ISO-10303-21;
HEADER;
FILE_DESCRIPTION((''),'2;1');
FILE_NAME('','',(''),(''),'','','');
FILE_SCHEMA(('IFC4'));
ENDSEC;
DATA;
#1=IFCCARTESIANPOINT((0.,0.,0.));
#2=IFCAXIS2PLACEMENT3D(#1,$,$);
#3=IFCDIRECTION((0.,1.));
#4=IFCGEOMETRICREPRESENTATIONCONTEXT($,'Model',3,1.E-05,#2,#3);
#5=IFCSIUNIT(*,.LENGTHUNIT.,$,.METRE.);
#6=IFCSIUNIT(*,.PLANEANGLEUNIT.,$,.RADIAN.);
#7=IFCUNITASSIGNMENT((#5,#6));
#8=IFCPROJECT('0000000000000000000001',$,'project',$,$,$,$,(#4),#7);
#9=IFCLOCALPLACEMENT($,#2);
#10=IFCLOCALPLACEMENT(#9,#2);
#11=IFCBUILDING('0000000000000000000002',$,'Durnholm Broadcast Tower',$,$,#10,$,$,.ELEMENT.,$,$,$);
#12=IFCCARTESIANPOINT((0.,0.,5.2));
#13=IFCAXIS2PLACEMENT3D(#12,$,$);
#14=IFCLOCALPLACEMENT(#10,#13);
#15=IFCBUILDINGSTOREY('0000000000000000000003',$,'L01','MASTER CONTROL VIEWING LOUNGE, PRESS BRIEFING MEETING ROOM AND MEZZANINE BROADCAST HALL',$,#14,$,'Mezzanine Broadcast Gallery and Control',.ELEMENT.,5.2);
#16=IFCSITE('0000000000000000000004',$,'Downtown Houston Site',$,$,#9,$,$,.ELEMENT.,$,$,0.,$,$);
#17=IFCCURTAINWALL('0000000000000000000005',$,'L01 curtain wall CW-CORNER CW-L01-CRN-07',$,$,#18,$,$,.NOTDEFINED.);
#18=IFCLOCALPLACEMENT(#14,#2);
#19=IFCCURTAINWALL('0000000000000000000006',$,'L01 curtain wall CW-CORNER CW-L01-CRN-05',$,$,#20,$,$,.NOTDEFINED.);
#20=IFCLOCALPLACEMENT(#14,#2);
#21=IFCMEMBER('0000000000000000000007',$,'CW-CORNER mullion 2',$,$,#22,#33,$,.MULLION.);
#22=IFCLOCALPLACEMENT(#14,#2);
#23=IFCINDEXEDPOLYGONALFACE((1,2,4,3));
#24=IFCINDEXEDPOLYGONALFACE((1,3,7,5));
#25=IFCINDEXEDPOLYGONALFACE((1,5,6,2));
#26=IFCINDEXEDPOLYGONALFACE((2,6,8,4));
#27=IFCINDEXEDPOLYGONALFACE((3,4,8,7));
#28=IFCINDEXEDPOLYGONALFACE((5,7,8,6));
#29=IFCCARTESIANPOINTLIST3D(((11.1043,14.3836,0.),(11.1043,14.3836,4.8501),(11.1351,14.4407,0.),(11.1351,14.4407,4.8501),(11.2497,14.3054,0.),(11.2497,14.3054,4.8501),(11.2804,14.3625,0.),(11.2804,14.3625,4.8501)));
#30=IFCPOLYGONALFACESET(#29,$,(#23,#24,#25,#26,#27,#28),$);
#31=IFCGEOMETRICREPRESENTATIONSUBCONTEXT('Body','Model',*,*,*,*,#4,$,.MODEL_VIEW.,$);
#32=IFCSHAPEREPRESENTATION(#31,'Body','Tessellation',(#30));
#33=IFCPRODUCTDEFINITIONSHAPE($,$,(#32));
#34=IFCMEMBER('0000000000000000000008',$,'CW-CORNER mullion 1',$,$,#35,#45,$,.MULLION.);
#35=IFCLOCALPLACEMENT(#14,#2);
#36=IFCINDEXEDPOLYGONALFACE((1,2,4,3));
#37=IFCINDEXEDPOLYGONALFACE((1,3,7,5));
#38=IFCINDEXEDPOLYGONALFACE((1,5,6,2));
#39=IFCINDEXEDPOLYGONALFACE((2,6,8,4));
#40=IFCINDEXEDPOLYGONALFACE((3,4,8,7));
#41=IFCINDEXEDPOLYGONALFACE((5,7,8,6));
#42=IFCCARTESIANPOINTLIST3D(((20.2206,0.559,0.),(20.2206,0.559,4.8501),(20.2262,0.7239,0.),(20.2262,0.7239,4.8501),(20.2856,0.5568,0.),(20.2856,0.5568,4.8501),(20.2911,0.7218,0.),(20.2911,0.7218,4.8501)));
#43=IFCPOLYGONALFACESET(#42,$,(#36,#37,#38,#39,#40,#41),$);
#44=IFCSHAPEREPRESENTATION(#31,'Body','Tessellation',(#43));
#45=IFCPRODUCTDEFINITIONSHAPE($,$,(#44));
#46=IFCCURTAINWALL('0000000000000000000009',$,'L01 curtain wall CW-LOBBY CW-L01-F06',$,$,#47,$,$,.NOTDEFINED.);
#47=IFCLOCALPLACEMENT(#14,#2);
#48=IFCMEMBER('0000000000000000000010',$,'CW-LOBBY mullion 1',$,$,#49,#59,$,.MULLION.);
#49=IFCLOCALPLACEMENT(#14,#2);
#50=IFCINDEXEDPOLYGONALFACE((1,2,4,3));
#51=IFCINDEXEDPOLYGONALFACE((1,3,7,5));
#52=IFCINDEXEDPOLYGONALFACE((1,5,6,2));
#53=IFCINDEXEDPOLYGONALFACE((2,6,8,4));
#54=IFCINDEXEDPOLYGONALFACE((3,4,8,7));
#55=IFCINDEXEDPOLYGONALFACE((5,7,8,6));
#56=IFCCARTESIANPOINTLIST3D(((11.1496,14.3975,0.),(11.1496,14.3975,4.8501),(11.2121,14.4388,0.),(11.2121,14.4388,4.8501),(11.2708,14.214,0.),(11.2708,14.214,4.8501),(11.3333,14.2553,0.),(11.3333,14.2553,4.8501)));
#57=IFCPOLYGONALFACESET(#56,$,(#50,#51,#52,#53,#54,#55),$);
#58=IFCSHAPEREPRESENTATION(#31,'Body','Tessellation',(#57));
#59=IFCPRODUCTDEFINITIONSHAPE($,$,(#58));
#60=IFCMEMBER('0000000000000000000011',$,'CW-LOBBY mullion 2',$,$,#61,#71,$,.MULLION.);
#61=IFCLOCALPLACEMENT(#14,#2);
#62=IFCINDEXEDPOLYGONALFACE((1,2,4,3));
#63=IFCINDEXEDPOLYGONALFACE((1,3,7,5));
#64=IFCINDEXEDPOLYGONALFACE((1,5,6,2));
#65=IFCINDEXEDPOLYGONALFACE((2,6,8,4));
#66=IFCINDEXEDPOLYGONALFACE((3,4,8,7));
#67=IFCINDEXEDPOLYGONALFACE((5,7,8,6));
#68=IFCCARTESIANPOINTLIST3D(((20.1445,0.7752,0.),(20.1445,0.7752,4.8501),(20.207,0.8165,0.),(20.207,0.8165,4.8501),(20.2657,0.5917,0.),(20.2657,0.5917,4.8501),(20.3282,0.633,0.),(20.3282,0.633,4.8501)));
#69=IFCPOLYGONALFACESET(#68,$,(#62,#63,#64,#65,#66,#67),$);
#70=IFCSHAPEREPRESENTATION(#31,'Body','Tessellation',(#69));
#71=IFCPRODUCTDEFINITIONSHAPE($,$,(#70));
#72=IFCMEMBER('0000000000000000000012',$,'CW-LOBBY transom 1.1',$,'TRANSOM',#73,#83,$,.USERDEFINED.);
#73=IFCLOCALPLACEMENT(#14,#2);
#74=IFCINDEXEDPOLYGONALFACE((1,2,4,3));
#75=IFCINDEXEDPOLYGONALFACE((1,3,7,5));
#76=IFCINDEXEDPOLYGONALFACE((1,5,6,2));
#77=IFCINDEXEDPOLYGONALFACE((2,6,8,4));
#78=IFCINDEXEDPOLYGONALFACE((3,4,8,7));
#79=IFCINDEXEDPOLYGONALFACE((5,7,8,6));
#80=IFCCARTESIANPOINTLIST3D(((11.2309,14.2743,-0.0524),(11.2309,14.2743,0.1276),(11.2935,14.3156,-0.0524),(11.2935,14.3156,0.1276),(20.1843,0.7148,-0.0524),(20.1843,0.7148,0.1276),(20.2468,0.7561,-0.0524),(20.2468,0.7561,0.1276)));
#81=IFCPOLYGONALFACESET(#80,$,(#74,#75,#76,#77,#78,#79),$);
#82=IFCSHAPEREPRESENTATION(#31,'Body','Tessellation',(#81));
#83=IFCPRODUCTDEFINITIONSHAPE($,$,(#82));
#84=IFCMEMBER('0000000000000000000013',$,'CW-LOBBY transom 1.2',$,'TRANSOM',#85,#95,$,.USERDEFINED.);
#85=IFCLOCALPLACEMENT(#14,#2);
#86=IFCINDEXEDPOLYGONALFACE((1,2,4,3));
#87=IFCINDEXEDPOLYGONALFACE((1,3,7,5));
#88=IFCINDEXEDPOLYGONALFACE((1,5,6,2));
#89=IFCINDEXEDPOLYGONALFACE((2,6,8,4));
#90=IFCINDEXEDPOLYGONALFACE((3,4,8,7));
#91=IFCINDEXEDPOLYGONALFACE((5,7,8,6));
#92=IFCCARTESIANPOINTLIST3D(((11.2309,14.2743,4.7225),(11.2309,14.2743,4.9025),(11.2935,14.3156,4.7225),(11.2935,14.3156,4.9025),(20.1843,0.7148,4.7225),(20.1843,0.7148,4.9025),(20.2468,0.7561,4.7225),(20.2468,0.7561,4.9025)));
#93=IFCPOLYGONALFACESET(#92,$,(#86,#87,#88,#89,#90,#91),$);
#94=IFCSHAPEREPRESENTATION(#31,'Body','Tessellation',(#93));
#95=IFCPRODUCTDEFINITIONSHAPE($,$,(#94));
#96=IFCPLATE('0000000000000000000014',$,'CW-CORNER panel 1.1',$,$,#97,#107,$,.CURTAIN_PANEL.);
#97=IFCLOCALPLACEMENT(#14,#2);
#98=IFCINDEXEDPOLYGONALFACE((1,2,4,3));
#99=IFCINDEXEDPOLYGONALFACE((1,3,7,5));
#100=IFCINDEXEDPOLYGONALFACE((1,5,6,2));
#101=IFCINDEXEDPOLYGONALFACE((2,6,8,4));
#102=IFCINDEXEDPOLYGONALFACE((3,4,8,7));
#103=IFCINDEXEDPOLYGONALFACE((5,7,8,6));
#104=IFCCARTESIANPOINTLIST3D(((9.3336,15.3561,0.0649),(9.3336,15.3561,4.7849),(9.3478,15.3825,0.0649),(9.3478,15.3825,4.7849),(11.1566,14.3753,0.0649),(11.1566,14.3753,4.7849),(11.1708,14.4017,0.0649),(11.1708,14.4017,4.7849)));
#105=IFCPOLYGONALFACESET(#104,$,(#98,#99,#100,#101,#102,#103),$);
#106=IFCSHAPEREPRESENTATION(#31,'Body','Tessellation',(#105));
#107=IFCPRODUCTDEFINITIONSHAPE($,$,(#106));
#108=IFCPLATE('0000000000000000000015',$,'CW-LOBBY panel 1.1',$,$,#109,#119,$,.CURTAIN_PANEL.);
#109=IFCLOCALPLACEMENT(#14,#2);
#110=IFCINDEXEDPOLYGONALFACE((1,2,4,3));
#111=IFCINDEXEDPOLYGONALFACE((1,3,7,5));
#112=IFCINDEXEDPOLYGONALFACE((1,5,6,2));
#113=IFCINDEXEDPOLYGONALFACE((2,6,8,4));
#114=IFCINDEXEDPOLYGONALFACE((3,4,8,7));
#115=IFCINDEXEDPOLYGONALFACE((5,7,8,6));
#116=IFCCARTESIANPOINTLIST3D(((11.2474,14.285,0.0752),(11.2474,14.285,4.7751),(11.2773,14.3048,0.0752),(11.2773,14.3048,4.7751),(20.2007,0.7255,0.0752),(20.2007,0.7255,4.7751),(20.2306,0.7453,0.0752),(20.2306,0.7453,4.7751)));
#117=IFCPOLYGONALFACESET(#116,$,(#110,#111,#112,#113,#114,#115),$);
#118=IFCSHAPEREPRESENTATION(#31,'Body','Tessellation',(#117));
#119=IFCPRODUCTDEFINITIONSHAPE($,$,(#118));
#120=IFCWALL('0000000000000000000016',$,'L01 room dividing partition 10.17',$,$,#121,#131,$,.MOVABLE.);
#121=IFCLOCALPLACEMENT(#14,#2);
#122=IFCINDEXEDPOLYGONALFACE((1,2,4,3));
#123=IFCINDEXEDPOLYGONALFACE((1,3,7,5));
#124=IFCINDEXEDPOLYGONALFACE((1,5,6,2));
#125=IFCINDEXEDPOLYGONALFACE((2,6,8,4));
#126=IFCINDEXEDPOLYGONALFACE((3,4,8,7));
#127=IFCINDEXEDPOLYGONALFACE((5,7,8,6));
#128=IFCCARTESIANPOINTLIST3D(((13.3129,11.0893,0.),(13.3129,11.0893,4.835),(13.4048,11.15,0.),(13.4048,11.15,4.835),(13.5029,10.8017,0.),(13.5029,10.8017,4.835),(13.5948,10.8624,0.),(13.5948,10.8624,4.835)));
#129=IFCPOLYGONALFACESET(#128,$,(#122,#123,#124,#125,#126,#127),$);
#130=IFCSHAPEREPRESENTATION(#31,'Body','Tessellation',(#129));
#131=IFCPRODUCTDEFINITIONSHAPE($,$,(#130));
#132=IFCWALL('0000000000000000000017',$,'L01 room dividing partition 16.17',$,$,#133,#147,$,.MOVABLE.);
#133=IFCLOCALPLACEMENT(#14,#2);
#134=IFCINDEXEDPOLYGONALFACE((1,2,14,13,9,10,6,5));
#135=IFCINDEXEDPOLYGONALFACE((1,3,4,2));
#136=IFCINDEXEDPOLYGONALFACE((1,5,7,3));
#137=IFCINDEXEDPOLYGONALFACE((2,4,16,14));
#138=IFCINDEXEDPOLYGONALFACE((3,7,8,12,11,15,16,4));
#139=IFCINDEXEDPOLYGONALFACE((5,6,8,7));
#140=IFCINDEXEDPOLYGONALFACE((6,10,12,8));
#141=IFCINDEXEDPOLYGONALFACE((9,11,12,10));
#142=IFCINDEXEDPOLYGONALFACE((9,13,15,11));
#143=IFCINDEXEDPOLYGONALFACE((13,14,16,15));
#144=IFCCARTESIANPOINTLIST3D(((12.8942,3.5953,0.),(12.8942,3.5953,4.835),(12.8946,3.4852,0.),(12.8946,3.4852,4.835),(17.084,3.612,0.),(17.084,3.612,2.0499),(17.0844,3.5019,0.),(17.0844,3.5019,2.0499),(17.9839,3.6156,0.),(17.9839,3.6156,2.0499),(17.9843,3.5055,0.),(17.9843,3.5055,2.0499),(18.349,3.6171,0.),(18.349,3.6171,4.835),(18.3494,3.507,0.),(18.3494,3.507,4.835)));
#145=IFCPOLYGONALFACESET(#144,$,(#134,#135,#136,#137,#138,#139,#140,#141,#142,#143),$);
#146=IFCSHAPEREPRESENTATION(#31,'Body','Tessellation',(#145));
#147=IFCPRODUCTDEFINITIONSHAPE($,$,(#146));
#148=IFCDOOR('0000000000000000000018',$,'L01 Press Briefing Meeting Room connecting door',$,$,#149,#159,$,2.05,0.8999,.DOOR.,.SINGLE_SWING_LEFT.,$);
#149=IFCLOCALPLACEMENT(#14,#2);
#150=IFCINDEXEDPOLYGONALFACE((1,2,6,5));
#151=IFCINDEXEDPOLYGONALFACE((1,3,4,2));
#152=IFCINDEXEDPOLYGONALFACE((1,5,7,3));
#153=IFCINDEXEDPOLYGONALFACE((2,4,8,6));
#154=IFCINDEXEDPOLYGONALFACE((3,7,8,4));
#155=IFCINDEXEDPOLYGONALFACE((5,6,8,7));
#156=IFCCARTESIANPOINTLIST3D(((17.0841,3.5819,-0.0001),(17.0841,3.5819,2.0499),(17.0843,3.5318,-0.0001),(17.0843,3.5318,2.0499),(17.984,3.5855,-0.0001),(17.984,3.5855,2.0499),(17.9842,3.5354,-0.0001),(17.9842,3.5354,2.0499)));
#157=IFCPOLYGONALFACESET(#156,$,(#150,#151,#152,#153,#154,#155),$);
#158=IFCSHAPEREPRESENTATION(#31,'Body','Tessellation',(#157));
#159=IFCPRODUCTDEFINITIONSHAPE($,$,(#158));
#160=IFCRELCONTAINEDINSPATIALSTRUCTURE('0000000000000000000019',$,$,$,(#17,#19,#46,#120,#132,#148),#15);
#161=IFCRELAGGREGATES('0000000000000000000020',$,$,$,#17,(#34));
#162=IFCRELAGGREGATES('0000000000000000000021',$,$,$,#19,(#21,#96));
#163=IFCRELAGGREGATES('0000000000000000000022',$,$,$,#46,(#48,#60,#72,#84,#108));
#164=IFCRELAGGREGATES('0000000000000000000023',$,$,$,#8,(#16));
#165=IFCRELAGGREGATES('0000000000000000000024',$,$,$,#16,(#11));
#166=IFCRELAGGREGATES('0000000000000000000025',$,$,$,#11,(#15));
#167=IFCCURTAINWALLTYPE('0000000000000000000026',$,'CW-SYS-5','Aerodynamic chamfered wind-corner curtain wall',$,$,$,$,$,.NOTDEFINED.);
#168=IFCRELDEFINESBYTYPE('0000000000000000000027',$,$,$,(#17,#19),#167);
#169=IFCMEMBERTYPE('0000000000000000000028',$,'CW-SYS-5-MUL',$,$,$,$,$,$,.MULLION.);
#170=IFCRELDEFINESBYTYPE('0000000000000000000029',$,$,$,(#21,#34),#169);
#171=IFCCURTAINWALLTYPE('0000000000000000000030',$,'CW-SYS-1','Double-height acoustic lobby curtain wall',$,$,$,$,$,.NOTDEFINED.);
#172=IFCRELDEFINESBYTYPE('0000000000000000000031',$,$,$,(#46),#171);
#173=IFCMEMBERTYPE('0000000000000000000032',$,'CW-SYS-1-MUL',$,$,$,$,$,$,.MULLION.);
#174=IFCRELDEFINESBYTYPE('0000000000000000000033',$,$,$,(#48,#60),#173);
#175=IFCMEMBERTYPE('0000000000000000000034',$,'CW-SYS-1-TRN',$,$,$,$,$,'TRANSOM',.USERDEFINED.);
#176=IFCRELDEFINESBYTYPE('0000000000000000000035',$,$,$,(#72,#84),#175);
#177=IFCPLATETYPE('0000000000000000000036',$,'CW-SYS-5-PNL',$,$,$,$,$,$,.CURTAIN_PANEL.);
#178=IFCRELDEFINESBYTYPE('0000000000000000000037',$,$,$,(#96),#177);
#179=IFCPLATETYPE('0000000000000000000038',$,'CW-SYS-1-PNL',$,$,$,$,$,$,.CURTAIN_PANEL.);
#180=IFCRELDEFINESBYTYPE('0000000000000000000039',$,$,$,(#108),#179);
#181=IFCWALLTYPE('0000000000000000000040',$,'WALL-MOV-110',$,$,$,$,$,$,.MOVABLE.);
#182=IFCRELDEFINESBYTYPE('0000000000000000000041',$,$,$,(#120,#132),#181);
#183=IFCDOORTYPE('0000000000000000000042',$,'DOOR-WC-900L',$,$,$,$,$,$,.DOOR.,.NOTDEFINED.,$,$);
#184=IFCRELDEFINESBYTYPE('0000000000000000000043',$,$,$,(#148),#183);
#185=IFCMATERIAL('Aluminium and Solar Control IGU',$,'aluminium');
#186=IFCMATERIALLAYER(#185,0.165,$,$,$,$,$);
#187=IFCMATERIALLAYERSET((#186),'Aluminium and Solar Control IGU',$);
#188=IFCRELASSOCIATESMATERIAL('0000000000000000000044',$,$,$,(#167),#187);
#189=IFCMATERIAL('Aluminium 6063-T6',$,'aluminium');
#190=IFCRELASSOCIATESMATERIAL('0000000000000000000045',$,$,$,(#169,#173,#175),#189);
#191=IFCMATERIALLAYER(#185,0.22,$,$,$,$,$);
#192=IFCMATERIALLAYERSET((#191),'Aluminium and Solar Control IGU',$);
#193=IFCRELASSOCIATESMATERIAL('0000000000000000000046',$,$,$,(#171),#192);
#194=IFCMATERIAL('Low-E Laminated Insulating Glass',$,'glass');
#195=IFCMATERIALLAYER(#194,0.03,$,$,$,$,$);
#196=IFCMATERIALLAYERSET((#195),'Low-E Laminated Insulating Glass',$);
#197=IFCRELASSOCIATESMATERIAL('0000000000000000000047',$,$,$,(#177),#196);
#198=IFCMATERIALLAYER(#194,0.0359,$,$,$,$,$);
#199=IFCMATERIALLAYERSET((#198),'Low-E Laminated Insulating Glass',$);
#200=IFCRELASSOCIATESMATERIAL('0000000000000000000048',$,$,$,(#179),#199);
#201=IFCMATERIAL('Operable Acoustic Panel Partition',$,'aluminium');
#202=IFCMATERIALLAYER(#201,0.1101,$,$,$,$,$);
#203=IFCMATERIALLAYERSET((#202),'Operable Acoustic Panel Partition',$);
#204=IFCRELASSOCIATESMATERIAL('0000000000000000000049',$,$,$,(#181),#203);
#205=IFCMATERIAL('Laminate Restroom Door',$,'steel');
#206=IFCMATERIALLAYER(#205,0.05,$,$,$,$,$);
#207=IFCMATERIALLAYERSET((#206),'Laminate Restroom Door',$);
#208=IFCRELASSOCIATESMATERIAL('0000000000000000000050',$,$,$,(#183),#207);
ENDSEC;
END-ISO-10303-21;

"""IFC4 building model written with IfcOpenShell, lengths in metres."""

from ifc_helpers import new_model, si_unit, direction, frame, frame_2d, origin, origin_2d, place, context, subcontext, project, spatial, rectangle, extrude, source, transform, mapped, material, layer, layer_set, material_profile, profile_set, type_object, type_shapes, element, fill, aggregate, save


model = new_model("IFC4")

# Units and contexts
model_context = context("Model", 3, precision=1e-05, world=origin(), true_north=direction((0.0, 1.0)))
body_context = subcontext(model_context, "Body", "Model", "MODEL_VIEW")
ifc_project = project(units=[si_unit("LENGTHUNIT", "METRE"), si_unit("PLANEANGLEUNIT", "RADIAN")], contexts=[model_context])

# Site, building, storey
site_placement = place(None, origin())
site = spatial("IfcSite", under=ifc_project, at=site_placement, Name="Downtown Houston Site", CompositionType="ELEMENT", RefElevation=0.0)
building_placement = place(site_placement, origin())
building = spatial("IfcBuilding", under=site, at=building_placement, Name="Durnholm Broadcast Tower", CompositionType="ELEMENT")
storey_placement = place(building_placement, frame((0.0, 0.0, 5.2)))
storey = spatial("IfcBuildingStorey", under=building, at=storey_placement, Name="L01", Description="MASTER CONTROL VIEWING LOUNGE, PRESS BRIEFING MEETING ROOM AND MEZZANINE BROADCAST HALL", LongName="Mezzanine Broadcast Gallery and Control", CompositionType="ELEMENT", Elevation=5.2)

# Curtain wall
ifc_material_1 = material(Name="Aluminium and Solar Control IGU", Category="aluminium")
ifc_layer_1 = layer(ifc_material_1, 0.165)
ifc_layer_set_1 = layer_set([ifc_layer_1], Name="Aluminium and Solar Control IGU")
curtain_wall_type_1 = type_object("IfcCurtainWallType", Name="CW-SYS-5", Description="Aerodynamic chamfered wind-corner curtain wall", PredefinedType="NOTDEFINED", material=ifc_layer_set_1)
curtain_wall_1_placement = place(storey_placement, origin())
curtain_wall_1 = element("IfcCurtainWall", 1, at=curtain_wall_1_placement, inside=storey, type_object=curtain_wall_type_1, Name="L01 curtain wall CW-CORNER CW-L01-CRN-07", PredefinedType="NOTDEFINED")
ifc_material_2 = material(Name="Aluminium 6063-T6", Category="aluminium")

# Curtain wall, member
curtain_wall_2_placement = place(storey_placement, origin())
curtain_wall_2 = element("IfcCurtainWall", 2, at=curtain_wall_2_placement, inside=storey, type_object=curtain_wall_type_1, Name="L01 curtain wall CW-CORNER CW-L01-CRN-05", PredefinedType="NOTDEFINED")
ifc_material_profile_1 = material_profile(ifc_material_2, rectangle(XDim=0.0649, YDim=0.165, at=origin_2d()), Name="CWM65X165")
ifc_profile_set_1 = profile_set([ifc_material_profile_1], Name="Aluminium 6063-T6")
member_type_1 = type_object("IfcMemberType", Name="CW-SYS-5-MUL", PredefinedType="MULLION", material=ifc_profile_set_1)
shared_shape_1 = source(origin(), body_context, "Body", "SweptSolid", [
    extrude(rectangle(XDim=0.0649, YDim=0.165, at=origin_2d()), origin(), (0.0, 0.0, 1.0), 4.8501),
])
type_shapes(member_type_1, [shared_shape_1])
member_1_placement = place(storey_placement, frame((11.1924, 14.373, 0.0), z_axis=(0.0, 0.0, 1.0), x_axis=(0.473812, 0.880626, 0.0)))
member_1 = element("IfcMember", 3, at=member_1_placement, type_object=member_type_1, Name="CW-CORNER mullion 2", PredefinedType="MULLION", context=body_context, shape_type="MappedRepresentation", body=[
    mapped(shared_shape_1, transform((0.0, 0.0, 0.0), x_axis=(1.0, 0.0, 0.0), y_axis=(0.0, 1.0, 0.0), z_axis=(0.0, 0.0, 1.0), scale=1.0)),
])

# Member
member_2_placement = place(storey_placement, frame((20.2559, 0.6404, 0.0), z_axis=(0.0, 0.0, 1.0), x_axis=(0.999442, -0.03341, 0.0)))
member_2 = element("IfcMember", 4, at=member_2_placement, type_object=member_type_1, Name="CW-CORNER mullion 1", PredefinedType="MULLION", context=body_context, shape_type="MappedRepresentation", body=[
    mapped(shared_shape_1, transform((0.0, 0.0, 0.0), x_axis=(1.0, 0.0, 0.0), y_axis=(0.0, 1.0, 0.0), z_axis=(0.0, 0.0, 1.0), scale=1.0)),
])
aggregate(curtain_wall_1, [member_2])

# Curtain wall, members
ifc_layer_2 = layer(ifc_material_1, 0.22)
ifc_layer_set_2 = layer_set([ifc_layer_2], Name="Aluminium and Solar Control IGU")
curtain_wall_type_2 = type_object("IfcCurtainWallType", Name="CW-SYS-1", Description="Double-height acoustic lobby curtain wall", PredefinedType="NOTDEFINED", material=ifc_layer_set_2)
curtain_wall_3_placement = place(storey_placement, origin())
curtain_wall_3 = element("IfcCurtainWall", 5, at=curtain_wall_3_placement, inside=storey, type_object=curtain_wall_type_2, Name="L01 curtain wall CW-LOBBY CW-L01-F06", PredefinedType="NOTDEFINED")
ifc_material_profile_2 = material_profile(ifc_material_2, rectangle(XDim=0.075, YDim=0.22, at=origin_2d()), Name="CWM75X220")
ifc_profile_set_2 = profile_set([ifc_material_profile_2], Name="Aluminium 6063-T6")
member_type_2 = type_object("IfcMemberType", Name="CW-SYS-1-MUL", PredefinedType="MULLION", material=ifc_profile_set_2)
shared_shape_2 = source(origin(), body_context, "Body", "SweptSolid", [
    extrude(rectangle(XDim=0.075, YDim=0.22, at=origin_2d()), origin(), (0.0, 0.0, 1.0), 4.8501),
])
type_shapes(member_type_2, [shared_shape_2])
member_3_placement = place(storey_placement, frame((11.2415, 14.3264, 0.0), z_axis=(0.0, 0.0, 1.0), x_axis=(0.834496, 0.551013, 0.0)))
member_3 = element("IfcMember", 6, at=member_3_placement, type_object=member_type_2, Name="CW-LOBBY mullion 1", PredefinedType="MULLION", context=body_context, shape_type="MappedRepresentation", body=[
    mapped(shared_shape_2, transform((0.0, 0.0, 0.0), x_axis=(1.0, 0.0, 0.0), y_axis=(0.0, 1.0, 0.0), z_axis=(0.0, 0.0, 1.0), scale=1.0)),
])
member_4_placement = place(storey_placement, frame((20.2363, 0.7041, 0.0), z_axis=(0.0, 0.0, 1.0), x_axis=(0.834496, 0.551013, 0.0)))
member_4 = element("IfcMember", 7, at=member_4_placement, type_object=member_type_2, Name="CW-LOBBY mullion 2", PredefinedType="MULLION", context=body_context, shape_type="MappedRepresentation", body=[
    mapped(shared_shape_2, transform((0.0, 0.0, 0.0), x_axis=(1.0, 0.0, 0.0), y_axis=(0.0, 1.0, 0.0), z_axis=(0.0, 0.0, 1.0), scale=1.0)),
])
ifc_material_profile_3 = material_profile(ifc_material_2, rectangle(XDim=0.075, YDim=0.1799, at=origin_2d()), Name="CWT75X180")
ifc_profile_set_3 = profile_set([ifc_material_profile_3], Name="Aluminium 6063-T6")
member_type_3 = type_object("IfcMemberType", Name="CW-SYS-1-TRN", ElementType="TRANSOM", PredefinedType="USERDEFINED", material=ifc_profile_set_3)
shared_shape_3 = source(origin(), body_context, "Body", "SweptSolid", [
    extrude(rectangle(XDim=0.075, YDim=0.1799, at=origin_2d()), origin(), (0.0, 0.0, 1.0), 16.2488),
])
type_shapes(member_type_3, [shared_shape_3])
member_5_placement = place(storey_placement, frame((11.2622, 14.2949, 0.0376), z_axis=(0.551016, -0.834495, 0.0), x_axis=(0.834495, 0.551016, 0.0)))
member_5 = element("IfcMember", 8, at=member_5_placement, type_object=member_type_3, Name="CW-LOBBY transom 1.1", ObjectType="TRANSOM", PredefinedType="USERDEFINED", context=body_context, shape_type="MappedRepresentation", body=[
    mapped(shared_shape_3, transform((0.0, 0.0, 0.0), x_axis=(1.0, 0.0, 0.0), y_axis=(0.0, 1.0, 0.0), z_axis=(0.0, 0.0, 1.0), scale=1.0)),
])
member_6_placement = place(storey_placement, frame((11.2622, 14.2949, 4.8125), z_axis=(0.551016, -0.834495, 0.0), x_axis=(0.834495, 0.551016, 0.0)))
member_6 = element("IfcMember", 9, at=member_6_placement, type_object=member_type_3, Name="CW-LOBBY transom 1.2", ObjectType="TRANSOM", PredefinedType="USERDEFINED", context=body_context, shape_type="MappedRepresentation", body=[
    mapped(shared_shape_3, transform((0.0, 0.0, 0.0), x_axis=(1.0, 0.0, 0.0), y_axis=(0.0, 1.0, 0.0), z_axis=(0.0, 0.0, 1.0), scale=1.0)),
])

# Plates
ifc_material_3 = material(Name="Low-E Laminated Insulating Glass", Category="glass")
ifc_layer_3 = layer(ifc_material_3, 0.03)
ifc_layer_set_3 = layer_set([ifc_layer_3], Name="Low-E Laminated Insulating Glass")
plate_type_1 = type_object("IfcPlateType", Name="CW-SYS-5-PNL", PredefinedType="CURTAIN_PANEL", material=ifc_layer_set_3)
shared_shape_4 = source(origin(), body_context, "Body", "SweptSolid", [
    extrude(rectangle(XDim=2.0701, YDim=0.03, at=origin_2d()), origin(), (0.0, 0.0, 1.0), 4.72),
])
type_shapes(plate_type_1, [shared_shape_4])
plate_1_placement = place(storey_placement, frame((10.2522, 14.8789, 0.0649), z_axis=(0.0, 0.0, 1.0), x_axis=(0.880626, -0.473812, 0.0)))
plate_1 = element("IfcPlate", 10, at=plate_1_placement, type_object=plate_type_1, Name="CW-CORNER panel 1.1", PredefinedType="CURTAIN_PANEL", context=body_context, shape_type="MappedRepresentation", body=[
    mapped(shared_shape_4, transform((0.0, 0.0, 0.0), x_axis=(1.0, 0.0, 0.0), y_axis=(0.0, 1.0, 0.0), z_axis=(0.0, 0.0, 1.0), scale=1.0)),
])
aggregate(curtain_wall_2, [member_1, plate_1])
ifc_layer_4 = layer(ifc_material_3, 0.0359)
ifc_layer_set_4 = layer_set([ifc_layer_4], Name="Low-E Laminated Insulating Glass")
plate_type_2 = type_object("IfcPlateType", Name="CW-SYS-1-PNL", PredefinedType="CURTAIN_PANEL", material=ifc_layer_set_4)
shared_shape_5 = source(origin(), body_context, "Body", "SweptSolid", [
    extrude(rectangle(XDim=16.2488, YDim=0.0359, at=origin_2d()), origin(), (0.0, 0.0, 1.0), 4.7),
])
type_shapes(plate_type_2, [shared_shape_5])
plate_2_placement = place(storey_placement, frame((15.739, 7.5151, 0.0752), z_axis=(0.0, 0.0, 1.0), x_axis=(0.551013, -0.834496, 0.0)))
plate_2 = element("IfcPlate", 11, at=plate_2_placement, type_object=plate_type_2, Name="CW-LOBBY panel 1.1", PredefinedType="CURTAIN_PANEL", context=body_context, shape_type="MappedRepresentation", body=[
    mapped(shared_shape_5, transform((0.0, 0.0, 0.0), x_axis=(1.0, 0.0, 0.0), y_axis=(0.0, 1.0, 0.0), z_axis=(0.0, 0.0, 1.0), scale=1.0)),
])
aggregate(curtain_wall_3, [member_3, member_4, member_5, member_6, plate_2])

# Wall
ifc_material_4 = material(Name="Operable Acoustic Panel Partition", Category="aluminium")
ifc_layer_5 = layer(ifc_material_4, 0.1101)
ifc_layer_set_5 = layer_set([ifc_layer_5], Name="Operable Acoustic Panel Partition")
wall_type_1 = type_object("IfcWallType", Name="WALL-MOV-110", PredefinedType="MOVABLE", material=ifc_layer_set_5)
wall_1_placement = place(storey_placement, frame((13.5488, 10.832, 0.0), z_axis=(0.0, 0.0, 1.0), x_axis=(-0.551099, 0.83444, 0.0)))
element("IfcWall", 12, at=wall_1_placement, inside=storey, type_object=wall_type_1, Name="L01 room dividing partition 10.17", PredefinedType="MOVABLE", context=body_context, shape_type="SweptSolid", body=[
    extrude(rectangle(XDim=0.3447, YDim=0.1101, at=frame_2d((0.1724, 0.0))), origin(), (0.0, 0.0, 1.0), 4.835),
])

# Wall, opening, door
wall_2_placement = place(storey_placement, frame((12.8943, 3.5403, 0.0), z_axis=(0.0, 0.0, 1.0), x_axis=(0.999992, 0.003983, 0.0)))
wall_2 = element("IfcWall", 13, at=wall_2_placement, inside=storey, type_object=wall_type_1, Name="L01 room dividing partition 16.17", PredefinedType="MOVABLE", context=body_context, shape_type="SweptSolid", body=[
    extrude(rectangle(XDim=5.4548, YDim=0.1101, at=frame_2d((2.7275, 0.0))), origin(), (0.0, 0.0, 1.0), 4.835),
])
opening_1_placement = place(wall_2_placement, frame((4.1899, 0.0, 0.0)))
opening_1 = element("IfcOpeningElement", 14, at=opening_1_placement, cuts=wall_2, PredefinedType="OPENING", context=body_context, shape_type="SweptSolid", body=[
    extrude(rectangle(XDim=0.8999, YDim=2.05, at=frame_2d((0.45, 1.0249))), frame((0.0, 0.0649, 0.0), z_axis=(0.0, -1.0, 0.0), x_axis=(1.0, 0.0, 0.0)), (0.0, 0.0, 1.0), 0.1301),
])
ifc_material_5 = material(Name="Laminate Restroom Door", Category="steel")
ifc_layer_6 = layer(ifc_material_5, 0.05)
ifc_layer_set_6 = layer_set([ifc_layer_6], Name="Laminate Restroom Door")
door_type_1 = type_object("IfcDoorType", Name="DOOR-WC-900L", OperationType="NOTDEFINED", PredefinedType="DOOR", material=ifc_layer_set_6)
shared_shape_6 = source(origin(), body_context, "Body", "SweptSolid", [
    extrude(rectangle(XDim=0.8999, YDim=2.05, at=frame_2d((0.45, 1.0249))), frame((0.0, 0.0249, 0.0), z_axis=(0.0, -1.0, 0.0), x_axis=(1.0, 0.0, 0.0)), (0.0, 0.0, 1.0), 0.05),
])
type_shapes(door_type_1, [shared_shape_6])
door_1_placement = place(opening_1_placement, origin())
door_1 = element("IfcDoor", 15, at=door_1_placement, inside=storey, type_object=door_type_1, Name="L01 Press Briefing Meeting Room connecting door", OperationType="SINGLE_SWING_LEFT", OverallHeight=2.05, OverallWidth=0.8999, PredefinedType="DOOR", context=body_context, shape_type="MappedRepresentation", body=[
    mapped(shared_shape_6, transform((0.0, 0.0, 0.0), x_axis=(1.0, 0.0, 0.0), y_axis=(0.0, 1.0, 0.0), z_axis=(0.0, 0.0, 1.0), scale=1.0)),
])
fill(opening_1, door_1)

save(model, "model.ifc")
